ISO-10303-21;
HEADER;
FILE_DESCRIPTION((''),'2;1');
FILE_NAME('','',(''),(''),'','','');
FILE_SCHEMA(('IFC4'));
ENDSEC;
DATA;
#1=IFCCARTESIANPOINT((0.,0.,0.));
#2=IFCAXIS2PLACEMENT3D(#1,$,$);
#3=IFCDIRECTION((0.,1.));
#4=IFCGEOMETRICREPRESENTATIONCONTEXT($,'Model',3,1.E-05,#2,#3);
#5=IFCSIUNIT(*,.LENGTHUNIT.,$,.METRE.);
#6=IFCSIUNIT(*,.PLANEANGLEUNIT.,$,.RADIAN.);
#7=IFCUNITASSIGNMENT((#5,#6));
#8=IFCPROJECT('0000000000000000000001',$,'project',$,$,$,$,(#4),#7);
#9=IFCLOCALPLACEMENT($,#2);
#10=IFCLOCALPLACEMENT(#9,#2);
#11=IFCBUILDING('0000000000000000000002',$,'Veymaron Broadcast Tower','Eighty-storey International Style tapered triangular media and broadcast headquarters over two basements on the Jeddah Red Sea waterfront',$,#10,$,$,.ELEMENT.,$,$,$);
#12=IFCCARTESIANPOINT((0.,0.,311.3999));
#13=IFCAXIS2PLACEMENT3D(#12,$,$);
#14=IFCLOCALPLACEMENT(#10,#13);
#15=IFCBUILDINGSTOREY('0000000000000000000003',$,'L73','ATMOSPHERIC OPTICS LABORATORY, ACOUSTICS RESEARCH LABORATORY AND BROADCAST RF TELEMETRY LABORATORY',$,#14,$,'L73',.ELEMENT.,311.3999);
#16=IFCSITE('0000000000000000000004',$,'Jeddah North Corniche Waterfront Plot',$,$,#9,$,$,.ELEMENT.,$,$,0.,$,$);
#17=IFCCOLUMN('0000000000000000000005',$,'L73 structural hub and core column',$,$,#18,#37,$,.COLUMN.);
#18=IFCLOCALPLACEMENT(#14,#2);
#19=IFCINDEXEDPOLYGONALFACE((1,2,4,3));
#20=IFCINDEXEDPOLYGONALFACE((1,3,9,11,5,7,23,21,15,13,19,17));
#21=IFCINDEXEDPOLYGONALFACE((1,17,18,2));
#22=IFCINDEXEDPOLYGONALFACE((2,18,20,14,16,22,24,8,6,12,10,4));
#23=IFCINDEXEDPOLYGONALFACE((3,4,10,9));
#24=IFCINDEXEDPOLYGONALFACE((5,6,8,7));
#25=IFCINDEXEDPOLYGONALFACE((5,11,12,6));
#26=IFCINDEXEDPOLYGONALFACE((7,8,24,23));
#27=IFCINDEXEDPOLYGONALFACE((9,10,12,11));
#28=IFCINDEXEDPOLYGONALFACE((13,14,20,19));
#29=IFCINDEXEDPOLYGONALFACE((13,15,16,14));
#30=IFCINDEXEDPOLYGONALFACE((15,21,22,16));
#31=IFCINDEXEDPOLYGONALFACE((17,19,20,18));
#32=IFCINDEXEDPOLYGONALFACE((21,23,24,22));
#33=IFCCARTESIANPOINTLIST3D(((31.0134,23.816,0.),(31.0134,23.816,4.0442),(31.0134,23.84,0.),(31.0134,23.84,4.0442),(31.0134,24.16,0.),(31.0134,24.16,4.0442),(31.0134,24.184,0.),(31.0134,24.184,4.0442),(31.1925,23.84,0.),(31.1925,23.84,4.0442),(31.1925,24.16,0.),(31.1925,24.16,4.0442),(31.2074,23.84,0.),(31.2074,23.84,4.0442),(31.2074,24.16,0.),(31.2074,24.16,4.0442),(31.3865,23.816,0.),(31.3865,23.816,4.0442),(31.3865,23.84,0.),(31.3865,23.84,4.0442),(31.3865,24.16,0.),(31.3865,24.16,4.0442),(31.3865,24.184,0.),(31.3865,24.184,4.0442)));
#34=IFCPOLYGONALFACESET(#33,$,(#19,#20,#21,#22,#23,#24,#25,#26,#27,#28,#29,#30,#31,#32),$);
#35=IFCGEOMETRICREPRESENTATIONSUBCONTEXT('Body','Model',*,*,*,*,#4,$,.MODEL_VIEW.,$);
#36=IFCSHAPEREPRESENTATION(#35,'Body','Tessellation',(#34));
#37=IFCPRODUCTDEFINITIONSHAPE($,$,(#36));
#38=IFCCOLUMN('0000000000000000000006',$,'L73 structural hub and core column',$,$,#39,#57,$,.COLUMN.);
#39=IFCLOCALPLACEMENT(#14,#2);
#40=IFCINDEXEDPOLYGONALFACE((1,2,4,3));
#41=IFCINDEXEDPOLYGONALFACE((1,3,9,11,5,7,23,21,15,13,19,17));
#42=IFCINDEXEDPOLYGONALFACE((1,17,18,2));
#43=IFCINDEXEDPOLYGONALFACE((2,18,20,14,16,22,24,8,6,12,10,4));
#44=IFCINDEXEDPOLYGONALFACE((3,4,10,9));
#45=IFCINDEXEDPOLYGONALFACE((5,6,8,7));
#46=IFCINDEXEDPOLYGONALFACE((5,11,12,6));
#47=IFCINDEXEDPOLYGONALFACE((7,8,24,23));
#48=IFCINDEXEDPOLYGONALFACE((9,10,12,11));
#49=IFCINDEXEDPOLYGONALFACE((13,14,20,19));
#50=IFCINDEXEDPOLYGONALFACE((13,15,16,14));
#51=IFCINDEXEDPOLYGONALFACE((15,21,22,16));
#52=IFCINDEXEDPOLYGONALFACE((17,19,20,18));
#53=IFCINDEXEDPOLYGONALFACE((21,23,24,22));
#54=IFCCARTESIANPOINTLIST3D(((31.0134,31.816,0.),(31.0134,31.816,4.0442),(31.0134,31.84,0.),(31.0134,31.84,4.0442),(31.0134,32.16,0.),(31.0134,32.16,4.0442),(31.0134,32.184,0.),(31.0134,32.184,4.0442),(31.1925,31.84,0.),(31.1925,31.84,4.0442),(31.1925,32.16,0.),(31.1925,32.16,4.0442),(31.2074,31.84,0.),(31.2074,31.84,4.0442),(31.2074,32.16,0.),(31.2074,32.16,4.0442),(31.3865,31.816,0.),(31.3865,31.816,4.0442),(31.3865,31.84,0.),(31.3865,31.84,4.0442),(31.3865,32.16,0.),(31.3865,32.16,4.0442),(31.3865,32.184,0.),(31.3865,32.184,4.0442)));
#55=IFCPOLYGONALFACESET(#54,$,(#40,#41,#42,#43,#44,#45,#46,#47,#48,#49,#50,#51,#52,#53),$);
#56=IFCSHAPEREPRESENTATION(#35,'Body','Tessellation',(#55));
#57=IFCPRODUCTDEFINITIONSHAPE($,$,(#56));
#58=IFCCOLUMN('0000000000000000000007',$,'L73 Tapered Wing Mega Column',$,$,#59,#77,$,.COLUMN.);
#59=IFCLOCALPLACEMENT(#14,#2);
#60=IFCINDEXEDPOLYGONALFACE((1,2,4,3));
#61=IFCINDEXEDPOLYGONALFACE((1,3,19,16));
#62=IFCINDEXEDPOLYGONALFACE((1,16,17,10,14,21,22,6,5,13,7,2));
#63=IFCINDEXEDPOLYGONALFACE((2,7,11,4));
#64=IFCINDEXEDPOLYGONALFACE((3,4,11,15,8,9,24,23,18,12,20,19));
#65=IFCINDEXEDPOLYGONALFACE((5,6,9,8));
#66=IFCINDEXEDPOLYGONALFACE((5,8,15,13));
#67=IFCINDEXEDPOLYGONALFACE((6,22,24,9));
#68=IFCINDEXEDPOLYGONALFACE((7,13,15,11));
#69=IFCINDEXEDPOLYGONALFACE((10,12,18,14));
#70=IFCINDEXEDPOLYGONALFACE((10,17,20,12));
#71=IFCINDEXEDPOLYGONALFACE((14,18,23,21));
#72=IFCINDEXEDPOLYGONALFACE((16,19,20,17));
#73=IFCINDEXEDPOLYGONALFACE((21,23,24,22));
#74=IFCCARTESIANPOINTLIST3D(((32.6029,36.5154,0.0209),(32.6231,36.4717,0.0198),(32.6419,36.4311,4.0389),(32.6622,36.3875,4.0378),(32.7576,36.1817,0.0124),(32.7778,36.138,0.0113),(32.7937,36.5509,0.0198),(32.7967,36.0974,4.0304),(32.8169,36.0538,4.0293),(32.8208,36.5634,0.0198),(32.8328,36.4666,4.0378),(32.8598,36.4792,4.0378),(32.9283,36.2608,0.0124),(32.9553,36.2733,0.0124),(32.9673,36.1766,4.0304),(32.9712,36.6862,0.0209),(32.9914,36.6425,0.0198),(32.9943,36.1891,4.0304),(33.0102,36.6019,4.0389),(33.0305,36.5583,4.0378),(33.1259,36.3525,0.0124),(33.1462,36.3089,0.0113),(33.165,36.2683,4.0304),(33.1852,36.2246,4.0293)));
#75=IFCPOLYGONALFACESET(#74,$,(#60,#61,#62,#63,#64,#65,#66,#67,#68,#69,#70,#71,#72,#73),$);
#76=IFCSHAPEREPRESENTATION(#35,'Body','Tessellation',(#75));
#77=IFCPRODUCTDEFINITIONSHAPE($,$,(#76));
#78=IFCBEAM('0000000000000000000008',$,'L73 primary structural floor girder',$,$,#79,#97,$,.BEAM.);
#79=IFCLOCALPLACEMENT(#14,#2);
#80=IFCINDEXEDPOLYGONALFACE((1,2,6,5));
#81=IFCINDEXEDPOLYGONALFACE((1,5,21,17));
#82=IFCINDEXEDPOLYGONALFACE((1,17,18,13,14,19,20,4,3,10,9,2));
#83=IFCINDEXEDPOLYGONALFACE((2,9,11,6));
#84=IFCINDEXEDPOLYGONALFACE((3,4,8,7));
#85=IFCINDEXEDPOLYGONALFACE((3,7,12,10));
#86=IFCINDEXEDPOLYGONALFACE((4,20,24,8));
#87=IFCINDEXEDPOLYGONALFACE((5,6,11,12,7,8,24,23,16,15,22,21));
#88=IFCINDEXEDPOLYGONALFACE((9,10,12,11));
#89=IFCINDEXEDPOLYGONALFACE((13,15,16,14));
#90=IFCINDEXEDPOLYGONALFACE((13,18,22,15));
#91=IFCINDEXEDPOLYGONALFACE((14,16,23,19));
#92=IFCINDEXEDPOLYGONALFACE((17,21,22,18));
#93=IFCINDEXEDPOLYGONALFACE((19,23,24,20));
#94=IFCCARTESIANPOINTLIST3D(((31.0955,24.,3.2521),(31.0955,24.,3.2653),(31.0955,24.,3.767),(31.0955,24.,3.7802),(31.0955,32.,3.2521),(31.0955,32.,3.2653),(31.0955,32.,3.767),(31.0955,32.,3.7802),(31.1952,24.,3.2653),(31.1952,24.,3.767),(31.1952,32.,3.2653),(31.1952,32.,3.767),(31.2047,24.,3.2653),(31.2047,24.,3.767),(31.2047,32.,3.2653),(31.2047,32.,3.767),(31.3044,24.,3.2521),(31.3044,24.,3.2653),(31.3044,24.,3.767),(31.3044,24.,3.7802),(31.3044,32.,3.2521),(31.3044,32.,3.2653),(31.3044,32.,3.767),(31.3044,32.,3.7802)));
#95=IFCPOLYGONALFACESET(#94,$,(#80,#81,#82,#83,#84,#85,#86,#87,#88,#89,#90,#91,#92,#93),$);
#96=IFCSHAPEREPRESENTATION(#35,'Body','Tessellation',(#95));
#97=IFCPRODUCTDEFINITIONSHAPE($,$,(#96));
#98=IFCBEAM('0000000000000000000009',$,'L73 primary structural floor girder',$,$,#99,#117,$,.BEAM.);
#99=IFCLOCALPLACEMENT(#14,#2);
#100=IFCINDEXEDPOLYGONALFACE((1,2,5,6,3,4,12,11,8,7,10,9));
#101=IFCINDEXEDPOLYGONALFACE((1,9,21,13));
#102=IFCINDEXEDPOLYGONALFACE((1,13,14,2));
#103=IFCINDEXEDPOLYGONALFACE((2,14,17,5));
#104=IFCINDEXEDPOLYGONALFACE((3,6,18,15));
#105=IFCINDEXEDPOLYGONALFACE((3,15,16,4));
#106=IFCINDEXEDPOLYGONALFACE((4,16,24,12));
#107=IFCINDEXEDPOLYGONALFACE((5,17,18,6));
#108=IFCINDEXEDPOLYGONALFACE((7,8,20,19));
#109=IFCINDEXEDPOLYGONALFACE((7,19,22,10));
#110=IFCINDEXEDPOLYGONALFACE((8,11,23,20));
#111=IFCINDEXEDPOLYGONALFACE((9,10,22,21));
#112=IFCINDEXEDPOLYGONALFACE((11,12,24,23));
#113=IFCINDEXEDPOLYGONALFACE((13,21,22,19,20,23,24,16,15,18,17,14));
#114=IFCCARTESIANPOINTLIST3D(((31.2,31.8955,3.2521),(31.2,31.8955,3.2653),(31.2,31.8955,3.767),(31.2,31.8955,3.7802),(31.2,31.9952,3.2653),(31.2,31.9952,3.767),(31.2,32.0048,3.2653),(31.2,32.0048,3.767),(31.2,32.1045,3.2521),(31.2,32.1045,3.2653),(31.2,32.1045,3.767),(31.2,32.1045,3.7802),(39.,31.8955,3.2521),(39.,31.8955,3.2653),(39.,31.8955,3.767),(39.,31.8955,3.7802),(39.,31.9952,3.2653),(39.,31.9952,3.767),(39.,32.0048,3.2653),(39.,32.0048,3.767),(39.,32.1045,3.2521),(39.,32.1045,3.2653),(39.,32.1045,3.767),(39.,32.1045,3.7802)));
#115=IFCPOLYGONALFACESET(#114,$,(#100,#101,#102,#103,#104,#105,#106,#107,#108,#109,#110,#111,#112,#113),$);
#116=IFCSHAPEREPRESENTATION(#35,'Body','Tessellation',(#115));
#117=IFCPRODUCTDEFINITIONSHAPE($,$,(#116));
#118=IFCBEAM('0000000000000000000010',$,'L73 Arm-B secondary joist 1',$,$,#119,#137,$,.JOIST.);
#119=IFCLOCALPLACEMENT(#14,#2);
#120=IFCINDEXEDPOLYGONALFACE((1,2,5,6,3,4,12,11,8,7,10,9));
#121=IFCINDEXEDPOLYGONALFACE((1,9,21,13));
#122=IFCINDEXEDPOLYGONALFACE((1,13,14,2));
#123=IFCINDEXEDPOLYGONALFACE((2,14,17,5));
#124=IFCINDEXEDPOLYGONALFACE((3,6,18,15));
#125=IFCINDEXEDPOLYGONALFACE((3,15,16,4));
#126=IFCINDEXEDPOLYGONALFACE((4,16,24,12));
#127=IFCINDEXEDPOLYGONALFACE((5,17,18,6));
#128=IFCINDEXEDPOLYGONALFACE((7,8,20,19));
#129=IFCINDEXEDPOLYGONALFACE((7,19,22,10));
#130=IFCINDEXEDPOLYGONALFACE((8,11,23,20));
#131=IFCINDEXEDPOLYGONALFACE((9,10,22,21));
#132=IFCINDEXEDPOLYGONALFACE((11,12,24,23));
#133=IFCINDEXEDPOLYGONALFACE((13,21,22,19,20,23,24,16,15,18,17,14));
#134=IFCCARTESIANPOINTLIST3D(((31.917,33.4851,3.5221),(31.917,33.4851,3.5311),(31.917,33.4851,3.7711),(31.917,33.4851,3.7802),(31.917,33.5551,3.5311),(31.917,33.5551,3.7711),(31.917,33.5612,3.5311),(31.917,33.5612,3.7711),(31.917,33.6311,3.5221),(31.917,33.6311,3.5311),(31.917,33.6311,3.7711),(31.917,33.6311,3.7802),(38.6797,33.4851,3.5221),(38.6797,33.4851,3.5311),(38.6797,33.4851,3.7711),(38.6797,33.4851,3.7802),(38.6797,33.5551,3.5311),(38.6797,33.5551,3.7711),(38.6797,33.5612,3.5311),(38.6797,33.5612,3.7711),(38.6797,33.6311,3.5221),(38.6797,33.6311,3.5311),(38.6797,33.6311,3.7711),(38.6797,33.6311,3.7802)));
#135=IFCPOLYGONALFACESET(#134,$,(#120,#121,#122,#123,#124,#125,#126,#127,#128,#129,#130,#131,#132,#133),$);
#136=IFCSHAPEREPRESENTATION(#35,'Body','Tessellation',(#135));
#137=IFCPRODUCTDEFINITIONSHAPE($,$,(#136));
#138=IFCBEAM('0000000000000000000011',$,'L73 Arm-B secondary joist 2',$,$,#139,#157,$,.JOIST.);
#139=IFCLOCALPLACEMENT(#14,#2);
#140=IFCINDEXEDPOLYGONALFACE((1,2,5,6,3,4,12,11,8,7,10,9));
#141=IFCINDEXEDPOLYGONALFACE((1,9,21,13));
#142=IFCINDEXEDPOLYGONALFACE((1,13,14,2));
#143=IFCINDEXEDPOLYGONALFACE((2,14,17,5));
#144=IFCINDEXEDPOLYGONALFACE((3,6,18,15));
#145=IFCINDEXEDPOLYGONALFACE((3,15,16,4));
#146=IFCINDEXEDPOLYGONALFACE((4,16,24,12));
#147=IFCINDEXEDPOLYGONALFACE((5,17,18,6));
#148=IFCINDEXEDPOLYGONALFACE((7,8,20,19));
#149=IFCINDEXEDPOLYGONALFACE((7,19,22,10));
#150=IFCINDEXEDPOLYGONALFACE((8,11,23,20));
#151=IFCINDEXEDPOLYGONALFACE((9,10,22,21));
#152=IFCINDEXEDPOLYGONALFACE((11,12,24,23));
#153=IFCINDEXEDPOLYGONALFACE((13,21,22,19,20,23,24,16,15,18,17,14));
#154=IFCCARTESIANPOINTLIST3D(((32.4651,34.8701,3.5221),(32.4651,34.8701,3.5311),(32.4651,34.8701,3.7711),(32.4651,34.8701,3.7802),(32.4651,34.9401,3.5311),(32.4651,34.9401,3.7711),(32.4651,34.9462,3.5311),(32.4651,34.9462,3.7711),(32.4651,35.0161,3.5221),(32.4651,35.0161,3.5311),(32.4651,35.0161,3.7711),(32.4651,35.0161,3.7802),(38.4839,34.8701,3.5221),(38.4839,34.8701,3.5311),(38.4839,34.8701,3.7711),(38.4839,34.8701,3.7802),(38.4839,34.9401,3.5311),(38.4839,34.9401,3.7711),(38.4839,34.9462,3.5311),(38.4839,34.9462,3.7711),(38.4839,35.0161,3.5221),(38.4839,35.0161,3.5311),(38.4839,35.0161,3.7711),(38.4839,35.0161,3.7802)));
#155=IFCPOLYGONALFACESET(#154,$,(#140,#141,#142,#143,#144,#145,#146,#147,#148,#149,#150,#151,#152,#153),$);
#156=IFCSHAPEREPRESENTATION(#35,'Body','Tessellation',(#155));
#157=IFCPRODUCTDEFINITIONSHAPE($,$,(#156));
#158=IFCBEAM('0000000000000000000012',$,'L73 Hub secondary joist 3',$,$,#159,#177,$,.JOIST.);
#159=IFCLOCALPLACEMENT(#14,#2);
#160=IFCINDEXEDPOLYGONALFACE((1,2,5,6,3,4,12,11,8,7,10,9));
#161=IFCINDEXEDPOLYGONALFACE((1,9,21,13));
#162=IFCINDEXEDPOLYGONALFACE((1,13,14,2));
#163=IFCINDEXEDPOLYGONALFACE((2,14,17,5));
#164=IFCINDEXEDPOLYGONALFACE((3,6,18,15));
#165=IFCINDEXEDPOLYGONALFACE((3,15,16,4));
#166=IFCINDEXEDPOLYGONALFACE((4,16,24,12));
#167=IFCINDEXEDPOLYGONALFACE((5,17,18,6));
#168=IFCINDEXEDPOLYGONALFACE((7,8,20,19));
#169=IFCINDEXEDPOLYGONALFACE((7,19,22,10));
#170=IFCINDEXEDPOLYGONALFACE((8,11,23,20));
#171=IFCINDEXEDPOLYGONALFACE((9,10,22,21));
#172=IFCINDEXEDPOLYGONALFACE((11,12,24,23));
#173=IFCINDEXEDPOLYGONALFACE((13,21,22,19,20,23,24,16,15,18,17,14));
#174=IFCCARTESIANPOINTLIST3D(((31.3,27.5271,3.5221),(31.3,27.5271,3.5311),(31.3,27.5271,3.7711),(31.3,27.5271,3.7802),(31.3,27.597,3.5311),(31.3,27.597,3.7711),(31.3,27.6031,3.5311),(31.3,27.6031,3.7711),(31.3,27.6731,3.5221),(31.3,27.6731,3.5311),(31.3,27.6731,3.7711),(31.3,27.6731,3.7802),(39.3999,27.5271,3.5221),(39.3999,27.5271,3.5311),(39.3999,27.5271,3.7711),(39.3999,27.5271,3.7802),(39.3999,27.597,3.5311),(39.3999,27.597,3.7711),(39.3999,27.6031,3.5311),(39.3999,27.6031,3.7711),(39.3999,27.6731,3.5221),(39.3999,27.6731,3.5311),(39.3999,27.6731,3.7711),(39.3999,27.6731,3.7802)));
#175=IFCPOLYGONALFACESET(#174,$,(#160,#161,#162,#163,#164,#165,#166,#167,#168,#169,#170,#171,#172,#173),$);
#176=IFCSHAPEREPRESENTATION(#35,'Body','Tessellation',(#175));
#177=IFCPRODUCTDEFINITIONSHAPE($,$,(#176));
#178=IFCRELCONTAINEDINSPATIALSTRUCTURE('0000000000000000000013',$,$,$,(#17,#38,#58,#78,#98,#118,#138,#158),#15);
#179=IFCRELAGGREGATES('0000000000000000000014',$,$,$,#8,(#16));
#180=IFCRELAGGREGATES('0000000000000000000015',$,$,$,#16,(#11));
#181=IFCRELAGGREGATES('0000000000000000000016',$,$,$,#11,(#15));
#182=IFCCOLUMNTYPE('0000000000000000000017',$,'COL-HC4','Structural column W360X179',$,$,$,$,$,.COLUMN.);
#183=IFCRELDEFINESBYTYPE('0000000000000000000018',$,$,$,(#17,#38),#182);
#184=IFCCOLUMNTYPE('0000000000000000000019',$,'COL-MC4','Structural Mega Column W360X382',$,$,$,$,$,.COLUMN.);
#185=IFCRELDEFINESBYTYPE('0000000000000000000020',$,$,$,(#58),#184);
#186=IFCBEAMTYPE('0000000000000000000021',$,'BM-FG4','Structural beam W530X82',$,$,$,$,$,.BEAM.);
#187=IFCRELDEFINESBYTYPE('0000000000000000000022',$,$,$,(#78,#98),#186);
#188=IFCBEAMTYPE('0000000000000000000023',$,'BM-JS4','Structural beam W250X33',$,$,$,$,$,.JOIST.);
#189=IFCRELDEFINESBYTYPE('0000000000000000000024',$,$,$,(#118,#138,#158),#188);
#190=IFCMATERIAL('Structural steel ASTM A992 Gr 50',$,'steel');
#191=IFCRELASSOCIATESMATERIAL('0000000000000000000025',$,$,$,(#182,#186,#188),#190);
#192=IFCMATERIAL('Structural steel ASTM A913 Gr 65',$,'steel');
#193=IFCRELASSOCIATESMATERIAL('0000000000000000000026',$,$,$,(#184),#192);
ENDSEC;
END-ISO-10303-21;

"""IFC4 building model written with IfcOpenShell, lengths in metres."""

from ifc_helpers import new_model, si_unit, direction, frame, origin, origin_2d, place, context, subcontext, project, spatial, i_section, extrude, material, material_profile, profile_set, type_object, element, save


model = new_model("IFC4")

# Units and contexts
model_context = context("Model", 3, precision=1e-05, world=origin(), true_north=direction((0.0, 1.0)))
body_context = subcontext(model_context, "Body", "Model", "MODEL_VIEW")
ifc_project = project(units=[si_unit("LENGTHUNIT", "METRE"), si_unit("PLANEANGLEUNIT", "RADIAN")], contexts=[model_context])

# Site, building, storey
site_placement = place(None, origin())
site = spatial("IfcSite", under=ifc_project, at=site_placement, Name="Jeddah North Corniche Waterfront Plot", CompositionType="ELEMENT", RefElevation=0.0)
building_placement = place(site_placement, origin())
building = spatial("IfcBuilding", under=site, at=building_placement, Name="Veymaron Broadcast Tower", Description="Eighty-storey International Style tapered triangular media and broadcast headquarters over two basements on the Jeddah Red Sea waterfront", CompositionType="ELEMENT")
storey_placement = place(building_placement, frame((0.0, 0.0, 311.3999)))
storey = spatial("IfcBuildingStorey", under=building, at=storey_placement, Name="L73", Description="ATMOSPHERIC OPTICS LABORATORY, ACOUSTICS RESEARCH LABORATORY AND BROADCAST RF TELEMETRY LABORATORY", LongName="L73", CompositionType="ELEMENT", Elevation=311.3999)

# Columns
ifc_material_1 = material(Name="Structural steel ASTM A992 Gr 50", Category="steel")
ifc_material_profile_1 = material_profile(ifc_material_1, i_section(OverallWidth=0.373, OverallDepth=0.3679, WebThickness=0.0149, FlangeThickness=0.0239, at=origin_2d()), Name="W360X179")
ifc_profile_set_1 = profile_set([ifc_material_profile_1], Name="Structural steel ASTM A992 Gr 50")
column_type_1 = type_object("IfcColumnType", Name="COL-HC4", Description="Structural column W360X179", PredefinedType="COLUMN", material=ifc_profile_set_1)
for number, where, z_axis, x_axis, name in (
    (1, (31.2, 24.0, 0.0), (0.0, 0.0, 1.0), (1.0, 0.0, 0.0), "L73 structural hub and core column"),
    (2, (31.2, 32.0, 0.0), (0.0, 0.0, 1.0), (1.0, 0.0, 0.0), "L73 structural hub and core column"),
):
    element("IfcColumn", number, at=place(storey_placement, frame(where, z_axis=z_axis, x_axis=x_axis)), inside=storey, type_object=column_type_1, Name=name, PredefinedType="COLUMN", context=body_context, shape_type="SweptSolid", body=[
        extrude(i_section(OverallWidth=0.373, OverallDepth=0.3679, WebThickness=0.0149, FlangeThickness=0.0239, at=origin_2d()), origin(), (0.0, 0.0, 1.0), 4.0442),
    ])
ifc_material_2 = material(Name="Structural steel ASTM A913 Gr 65", Category="steel")
ifc_material_profile_2 = material_profile(ifc_material_2, i_section(OverallWidth=0.406, OverallDepth=0.416, WebThickness=0.0298, FlangeThickness=0.0481, at=origin_2d()), Name="W360X382")
ifc_profile_set_2 = profile_set([ifc_material_profile_2], Name="Structural steel ASTM A913 Gr 65")
column_type_2 = type_object("IfcColumnType", Name="COL-MC4", Description="Structural Mega Column W360X382", PredefinedType="COLUMN", material=ifc_profile_set_2)
column_placement = place(storey_placement, frame((32.8745, 36.4121, 0.0161), z_axis=(0.009719, -0.020957, 0.999733), x_axis=(0.907188, 0.420725, 0.0)))
element("IfcColumn", 3, at=column_placement, inside=storey, type_object=column_type_2, Name="L73 Tapered Wing Mega Column", PredefinedType="COLUMN", context=body_context, shape_type="SweptSolid", body=[
    extrude(i_section(OverallWidth=0.406, OverallDepth=0.416, WebThickness=0.0298, FlangeThickness=0.0481, at=origin_2d()), origin(), (0.0, 0.0, 1.0), 4.019),
])

# Beams
ifc_material_profile_3 = material_profile(ifc_material_1, i_section(OverallWidth=0.209, OverallDepth=0.5281, WebThickness=0.0095, FlangeThickness=0.0132, at=origin_2d()), Name="W530X82")
ifc_profile_set_3 = profile_set([ifc_material_profile_3], Name="Structural steel ASTM A992 Gr 50")
beam_type_1 = type_object("IfcBeamType", Name="BM-FG4", Description="Structural beam W530X82", PredefinedType="BEAM", material=ifc_profile_set_3)
beam_1_placement = place(storey_placement, frame((31.2, 24.0, 3.5161), z_axis=(0.0, 1.0, 0.0), x_axis=(-1.0, 0.0, 0.0)))
element("IfcBeam", 4, at=beam_1_placement, inside=storey, type_object=beam_type_1, Name="L73 primary structural floor girder", PredefinedType="BEAM", context=body_context, shape_type="SweptSolid", body=[
    extrude(i_section(OverallWidth=0.209, OverallDepth=0.5281, WebThickness=0.0095, FlangeThickness=0.0132, at=origin_2d()), origin(), (0.0, 0.0, 1.0), 8.0),
])
beam_2_placement = place(storey_placement, frame((31.2, 32.0, 3.5161), z_axis=(1.0, 0.0, 0.0), x_axis=(0.0, 1.0, 0.0)))
element("IfcBeam", 5, at=beam_2_placement, inside=storey, type_object=beam_type_1, Name="L73 primary structural floor girder", PredefinedType="BEAM", context=body_context, shape_type="SweptSolid", body=[
    extrude(i_section(OverallWidth=0.209, OverallDepth=0.5281, WebThickness=0.0095, FlangeThickness=0.0132, at=origin_2d()), origin(), (0.0, 0.0, 1.0), 7.8),
])
ifc_material_profile_4 = material_profile(ifc_material_1, i_section(OverallWidth=0.146, OverallDepth=0.2581, WebThickness=0.0061, FlangeThickness=0.009, at=origin_2d()), Name="W250X33")
ifc_profile_set_4 = profile_set([ifc_material_profile_4], Name="Structural steel ASTM A992 Gr 50")
beam_type_2 = type_object("IfcBeamType", Name="BM-JS4", Description="Structural beam W250X33", PredefinedType="JOIST", material=ifc_profile_set_4)
beam_3_placement = place(storey_placement, frame((31.917, 33.5581, 3.6511), z_axis=(1.0, 0.0, 0.0), x_axis=(0.0, 1.0, 0.0)))
element("IfcBeam", 6, at=beam_3_placement, inside=storey, type_object=beam_type_2, Name="L73 Arm-B secondary joist 1", PredefinedType="JOIST", context=body_context, shape_type="SweptSolid", body=[
    extrude(i_section(OverallWidth=0.146, OverallDepth=0.2581, WebThickness=0.0061, FlangeThickness=0.009, at=origin_2d()), origin(), (0.0, 0.0, 1.0), 6.7627),
])
beam_4_placement = place(storey_placement, frame((32.4651, 34.9431, 3.6511), z_axis=(1.0, 0.0, 0.0), x_axis=(0.0, 1.0, 0.0)))
element("IfcBeam", 7, at=beam_4_placement, inside=storey, type_object=beam_type_2, Name="L73 Arm-B secondary joist 2", PredefinedType="JOIST", context=body_context, shape_type="SweptSolid", body=[
    extrude(i_section(OverallWidth=0.146, OverallDepth=0.2581, WebThickness=0.0061, FlangeThickness=0.009, at=origin_2d()), origin(), (0.0, 0.0, 1.0), 6.0188),
])
for number, where, z_axis, x_axis, name in (
    (8, (31.3, 27.6001, 3.6511), (1.0, 0.0, 0.0), (0.0, 1.0, 0.0), "L73 Hub secondary joist 3"),
):
    element("IfcBeam", number, at=place(storey_placement, frame(where, z_axis=z_axis, x_axis=x_axis)), inside=storey, type_object=beam_type_2, Name=name, PredefinedType="JOIST", context=body_context, shape_type="SweptSolid", body=[
        extrude(i_section(OverallWidth=0.146, OverallDepth=0.2581, WebThickness=0.0061, FlangeThickness=0.009, at=origin_2d()), origin(), (0.0, 0.0, 1.0), 8.0999),
    ])

save(model, "model.ifc")
